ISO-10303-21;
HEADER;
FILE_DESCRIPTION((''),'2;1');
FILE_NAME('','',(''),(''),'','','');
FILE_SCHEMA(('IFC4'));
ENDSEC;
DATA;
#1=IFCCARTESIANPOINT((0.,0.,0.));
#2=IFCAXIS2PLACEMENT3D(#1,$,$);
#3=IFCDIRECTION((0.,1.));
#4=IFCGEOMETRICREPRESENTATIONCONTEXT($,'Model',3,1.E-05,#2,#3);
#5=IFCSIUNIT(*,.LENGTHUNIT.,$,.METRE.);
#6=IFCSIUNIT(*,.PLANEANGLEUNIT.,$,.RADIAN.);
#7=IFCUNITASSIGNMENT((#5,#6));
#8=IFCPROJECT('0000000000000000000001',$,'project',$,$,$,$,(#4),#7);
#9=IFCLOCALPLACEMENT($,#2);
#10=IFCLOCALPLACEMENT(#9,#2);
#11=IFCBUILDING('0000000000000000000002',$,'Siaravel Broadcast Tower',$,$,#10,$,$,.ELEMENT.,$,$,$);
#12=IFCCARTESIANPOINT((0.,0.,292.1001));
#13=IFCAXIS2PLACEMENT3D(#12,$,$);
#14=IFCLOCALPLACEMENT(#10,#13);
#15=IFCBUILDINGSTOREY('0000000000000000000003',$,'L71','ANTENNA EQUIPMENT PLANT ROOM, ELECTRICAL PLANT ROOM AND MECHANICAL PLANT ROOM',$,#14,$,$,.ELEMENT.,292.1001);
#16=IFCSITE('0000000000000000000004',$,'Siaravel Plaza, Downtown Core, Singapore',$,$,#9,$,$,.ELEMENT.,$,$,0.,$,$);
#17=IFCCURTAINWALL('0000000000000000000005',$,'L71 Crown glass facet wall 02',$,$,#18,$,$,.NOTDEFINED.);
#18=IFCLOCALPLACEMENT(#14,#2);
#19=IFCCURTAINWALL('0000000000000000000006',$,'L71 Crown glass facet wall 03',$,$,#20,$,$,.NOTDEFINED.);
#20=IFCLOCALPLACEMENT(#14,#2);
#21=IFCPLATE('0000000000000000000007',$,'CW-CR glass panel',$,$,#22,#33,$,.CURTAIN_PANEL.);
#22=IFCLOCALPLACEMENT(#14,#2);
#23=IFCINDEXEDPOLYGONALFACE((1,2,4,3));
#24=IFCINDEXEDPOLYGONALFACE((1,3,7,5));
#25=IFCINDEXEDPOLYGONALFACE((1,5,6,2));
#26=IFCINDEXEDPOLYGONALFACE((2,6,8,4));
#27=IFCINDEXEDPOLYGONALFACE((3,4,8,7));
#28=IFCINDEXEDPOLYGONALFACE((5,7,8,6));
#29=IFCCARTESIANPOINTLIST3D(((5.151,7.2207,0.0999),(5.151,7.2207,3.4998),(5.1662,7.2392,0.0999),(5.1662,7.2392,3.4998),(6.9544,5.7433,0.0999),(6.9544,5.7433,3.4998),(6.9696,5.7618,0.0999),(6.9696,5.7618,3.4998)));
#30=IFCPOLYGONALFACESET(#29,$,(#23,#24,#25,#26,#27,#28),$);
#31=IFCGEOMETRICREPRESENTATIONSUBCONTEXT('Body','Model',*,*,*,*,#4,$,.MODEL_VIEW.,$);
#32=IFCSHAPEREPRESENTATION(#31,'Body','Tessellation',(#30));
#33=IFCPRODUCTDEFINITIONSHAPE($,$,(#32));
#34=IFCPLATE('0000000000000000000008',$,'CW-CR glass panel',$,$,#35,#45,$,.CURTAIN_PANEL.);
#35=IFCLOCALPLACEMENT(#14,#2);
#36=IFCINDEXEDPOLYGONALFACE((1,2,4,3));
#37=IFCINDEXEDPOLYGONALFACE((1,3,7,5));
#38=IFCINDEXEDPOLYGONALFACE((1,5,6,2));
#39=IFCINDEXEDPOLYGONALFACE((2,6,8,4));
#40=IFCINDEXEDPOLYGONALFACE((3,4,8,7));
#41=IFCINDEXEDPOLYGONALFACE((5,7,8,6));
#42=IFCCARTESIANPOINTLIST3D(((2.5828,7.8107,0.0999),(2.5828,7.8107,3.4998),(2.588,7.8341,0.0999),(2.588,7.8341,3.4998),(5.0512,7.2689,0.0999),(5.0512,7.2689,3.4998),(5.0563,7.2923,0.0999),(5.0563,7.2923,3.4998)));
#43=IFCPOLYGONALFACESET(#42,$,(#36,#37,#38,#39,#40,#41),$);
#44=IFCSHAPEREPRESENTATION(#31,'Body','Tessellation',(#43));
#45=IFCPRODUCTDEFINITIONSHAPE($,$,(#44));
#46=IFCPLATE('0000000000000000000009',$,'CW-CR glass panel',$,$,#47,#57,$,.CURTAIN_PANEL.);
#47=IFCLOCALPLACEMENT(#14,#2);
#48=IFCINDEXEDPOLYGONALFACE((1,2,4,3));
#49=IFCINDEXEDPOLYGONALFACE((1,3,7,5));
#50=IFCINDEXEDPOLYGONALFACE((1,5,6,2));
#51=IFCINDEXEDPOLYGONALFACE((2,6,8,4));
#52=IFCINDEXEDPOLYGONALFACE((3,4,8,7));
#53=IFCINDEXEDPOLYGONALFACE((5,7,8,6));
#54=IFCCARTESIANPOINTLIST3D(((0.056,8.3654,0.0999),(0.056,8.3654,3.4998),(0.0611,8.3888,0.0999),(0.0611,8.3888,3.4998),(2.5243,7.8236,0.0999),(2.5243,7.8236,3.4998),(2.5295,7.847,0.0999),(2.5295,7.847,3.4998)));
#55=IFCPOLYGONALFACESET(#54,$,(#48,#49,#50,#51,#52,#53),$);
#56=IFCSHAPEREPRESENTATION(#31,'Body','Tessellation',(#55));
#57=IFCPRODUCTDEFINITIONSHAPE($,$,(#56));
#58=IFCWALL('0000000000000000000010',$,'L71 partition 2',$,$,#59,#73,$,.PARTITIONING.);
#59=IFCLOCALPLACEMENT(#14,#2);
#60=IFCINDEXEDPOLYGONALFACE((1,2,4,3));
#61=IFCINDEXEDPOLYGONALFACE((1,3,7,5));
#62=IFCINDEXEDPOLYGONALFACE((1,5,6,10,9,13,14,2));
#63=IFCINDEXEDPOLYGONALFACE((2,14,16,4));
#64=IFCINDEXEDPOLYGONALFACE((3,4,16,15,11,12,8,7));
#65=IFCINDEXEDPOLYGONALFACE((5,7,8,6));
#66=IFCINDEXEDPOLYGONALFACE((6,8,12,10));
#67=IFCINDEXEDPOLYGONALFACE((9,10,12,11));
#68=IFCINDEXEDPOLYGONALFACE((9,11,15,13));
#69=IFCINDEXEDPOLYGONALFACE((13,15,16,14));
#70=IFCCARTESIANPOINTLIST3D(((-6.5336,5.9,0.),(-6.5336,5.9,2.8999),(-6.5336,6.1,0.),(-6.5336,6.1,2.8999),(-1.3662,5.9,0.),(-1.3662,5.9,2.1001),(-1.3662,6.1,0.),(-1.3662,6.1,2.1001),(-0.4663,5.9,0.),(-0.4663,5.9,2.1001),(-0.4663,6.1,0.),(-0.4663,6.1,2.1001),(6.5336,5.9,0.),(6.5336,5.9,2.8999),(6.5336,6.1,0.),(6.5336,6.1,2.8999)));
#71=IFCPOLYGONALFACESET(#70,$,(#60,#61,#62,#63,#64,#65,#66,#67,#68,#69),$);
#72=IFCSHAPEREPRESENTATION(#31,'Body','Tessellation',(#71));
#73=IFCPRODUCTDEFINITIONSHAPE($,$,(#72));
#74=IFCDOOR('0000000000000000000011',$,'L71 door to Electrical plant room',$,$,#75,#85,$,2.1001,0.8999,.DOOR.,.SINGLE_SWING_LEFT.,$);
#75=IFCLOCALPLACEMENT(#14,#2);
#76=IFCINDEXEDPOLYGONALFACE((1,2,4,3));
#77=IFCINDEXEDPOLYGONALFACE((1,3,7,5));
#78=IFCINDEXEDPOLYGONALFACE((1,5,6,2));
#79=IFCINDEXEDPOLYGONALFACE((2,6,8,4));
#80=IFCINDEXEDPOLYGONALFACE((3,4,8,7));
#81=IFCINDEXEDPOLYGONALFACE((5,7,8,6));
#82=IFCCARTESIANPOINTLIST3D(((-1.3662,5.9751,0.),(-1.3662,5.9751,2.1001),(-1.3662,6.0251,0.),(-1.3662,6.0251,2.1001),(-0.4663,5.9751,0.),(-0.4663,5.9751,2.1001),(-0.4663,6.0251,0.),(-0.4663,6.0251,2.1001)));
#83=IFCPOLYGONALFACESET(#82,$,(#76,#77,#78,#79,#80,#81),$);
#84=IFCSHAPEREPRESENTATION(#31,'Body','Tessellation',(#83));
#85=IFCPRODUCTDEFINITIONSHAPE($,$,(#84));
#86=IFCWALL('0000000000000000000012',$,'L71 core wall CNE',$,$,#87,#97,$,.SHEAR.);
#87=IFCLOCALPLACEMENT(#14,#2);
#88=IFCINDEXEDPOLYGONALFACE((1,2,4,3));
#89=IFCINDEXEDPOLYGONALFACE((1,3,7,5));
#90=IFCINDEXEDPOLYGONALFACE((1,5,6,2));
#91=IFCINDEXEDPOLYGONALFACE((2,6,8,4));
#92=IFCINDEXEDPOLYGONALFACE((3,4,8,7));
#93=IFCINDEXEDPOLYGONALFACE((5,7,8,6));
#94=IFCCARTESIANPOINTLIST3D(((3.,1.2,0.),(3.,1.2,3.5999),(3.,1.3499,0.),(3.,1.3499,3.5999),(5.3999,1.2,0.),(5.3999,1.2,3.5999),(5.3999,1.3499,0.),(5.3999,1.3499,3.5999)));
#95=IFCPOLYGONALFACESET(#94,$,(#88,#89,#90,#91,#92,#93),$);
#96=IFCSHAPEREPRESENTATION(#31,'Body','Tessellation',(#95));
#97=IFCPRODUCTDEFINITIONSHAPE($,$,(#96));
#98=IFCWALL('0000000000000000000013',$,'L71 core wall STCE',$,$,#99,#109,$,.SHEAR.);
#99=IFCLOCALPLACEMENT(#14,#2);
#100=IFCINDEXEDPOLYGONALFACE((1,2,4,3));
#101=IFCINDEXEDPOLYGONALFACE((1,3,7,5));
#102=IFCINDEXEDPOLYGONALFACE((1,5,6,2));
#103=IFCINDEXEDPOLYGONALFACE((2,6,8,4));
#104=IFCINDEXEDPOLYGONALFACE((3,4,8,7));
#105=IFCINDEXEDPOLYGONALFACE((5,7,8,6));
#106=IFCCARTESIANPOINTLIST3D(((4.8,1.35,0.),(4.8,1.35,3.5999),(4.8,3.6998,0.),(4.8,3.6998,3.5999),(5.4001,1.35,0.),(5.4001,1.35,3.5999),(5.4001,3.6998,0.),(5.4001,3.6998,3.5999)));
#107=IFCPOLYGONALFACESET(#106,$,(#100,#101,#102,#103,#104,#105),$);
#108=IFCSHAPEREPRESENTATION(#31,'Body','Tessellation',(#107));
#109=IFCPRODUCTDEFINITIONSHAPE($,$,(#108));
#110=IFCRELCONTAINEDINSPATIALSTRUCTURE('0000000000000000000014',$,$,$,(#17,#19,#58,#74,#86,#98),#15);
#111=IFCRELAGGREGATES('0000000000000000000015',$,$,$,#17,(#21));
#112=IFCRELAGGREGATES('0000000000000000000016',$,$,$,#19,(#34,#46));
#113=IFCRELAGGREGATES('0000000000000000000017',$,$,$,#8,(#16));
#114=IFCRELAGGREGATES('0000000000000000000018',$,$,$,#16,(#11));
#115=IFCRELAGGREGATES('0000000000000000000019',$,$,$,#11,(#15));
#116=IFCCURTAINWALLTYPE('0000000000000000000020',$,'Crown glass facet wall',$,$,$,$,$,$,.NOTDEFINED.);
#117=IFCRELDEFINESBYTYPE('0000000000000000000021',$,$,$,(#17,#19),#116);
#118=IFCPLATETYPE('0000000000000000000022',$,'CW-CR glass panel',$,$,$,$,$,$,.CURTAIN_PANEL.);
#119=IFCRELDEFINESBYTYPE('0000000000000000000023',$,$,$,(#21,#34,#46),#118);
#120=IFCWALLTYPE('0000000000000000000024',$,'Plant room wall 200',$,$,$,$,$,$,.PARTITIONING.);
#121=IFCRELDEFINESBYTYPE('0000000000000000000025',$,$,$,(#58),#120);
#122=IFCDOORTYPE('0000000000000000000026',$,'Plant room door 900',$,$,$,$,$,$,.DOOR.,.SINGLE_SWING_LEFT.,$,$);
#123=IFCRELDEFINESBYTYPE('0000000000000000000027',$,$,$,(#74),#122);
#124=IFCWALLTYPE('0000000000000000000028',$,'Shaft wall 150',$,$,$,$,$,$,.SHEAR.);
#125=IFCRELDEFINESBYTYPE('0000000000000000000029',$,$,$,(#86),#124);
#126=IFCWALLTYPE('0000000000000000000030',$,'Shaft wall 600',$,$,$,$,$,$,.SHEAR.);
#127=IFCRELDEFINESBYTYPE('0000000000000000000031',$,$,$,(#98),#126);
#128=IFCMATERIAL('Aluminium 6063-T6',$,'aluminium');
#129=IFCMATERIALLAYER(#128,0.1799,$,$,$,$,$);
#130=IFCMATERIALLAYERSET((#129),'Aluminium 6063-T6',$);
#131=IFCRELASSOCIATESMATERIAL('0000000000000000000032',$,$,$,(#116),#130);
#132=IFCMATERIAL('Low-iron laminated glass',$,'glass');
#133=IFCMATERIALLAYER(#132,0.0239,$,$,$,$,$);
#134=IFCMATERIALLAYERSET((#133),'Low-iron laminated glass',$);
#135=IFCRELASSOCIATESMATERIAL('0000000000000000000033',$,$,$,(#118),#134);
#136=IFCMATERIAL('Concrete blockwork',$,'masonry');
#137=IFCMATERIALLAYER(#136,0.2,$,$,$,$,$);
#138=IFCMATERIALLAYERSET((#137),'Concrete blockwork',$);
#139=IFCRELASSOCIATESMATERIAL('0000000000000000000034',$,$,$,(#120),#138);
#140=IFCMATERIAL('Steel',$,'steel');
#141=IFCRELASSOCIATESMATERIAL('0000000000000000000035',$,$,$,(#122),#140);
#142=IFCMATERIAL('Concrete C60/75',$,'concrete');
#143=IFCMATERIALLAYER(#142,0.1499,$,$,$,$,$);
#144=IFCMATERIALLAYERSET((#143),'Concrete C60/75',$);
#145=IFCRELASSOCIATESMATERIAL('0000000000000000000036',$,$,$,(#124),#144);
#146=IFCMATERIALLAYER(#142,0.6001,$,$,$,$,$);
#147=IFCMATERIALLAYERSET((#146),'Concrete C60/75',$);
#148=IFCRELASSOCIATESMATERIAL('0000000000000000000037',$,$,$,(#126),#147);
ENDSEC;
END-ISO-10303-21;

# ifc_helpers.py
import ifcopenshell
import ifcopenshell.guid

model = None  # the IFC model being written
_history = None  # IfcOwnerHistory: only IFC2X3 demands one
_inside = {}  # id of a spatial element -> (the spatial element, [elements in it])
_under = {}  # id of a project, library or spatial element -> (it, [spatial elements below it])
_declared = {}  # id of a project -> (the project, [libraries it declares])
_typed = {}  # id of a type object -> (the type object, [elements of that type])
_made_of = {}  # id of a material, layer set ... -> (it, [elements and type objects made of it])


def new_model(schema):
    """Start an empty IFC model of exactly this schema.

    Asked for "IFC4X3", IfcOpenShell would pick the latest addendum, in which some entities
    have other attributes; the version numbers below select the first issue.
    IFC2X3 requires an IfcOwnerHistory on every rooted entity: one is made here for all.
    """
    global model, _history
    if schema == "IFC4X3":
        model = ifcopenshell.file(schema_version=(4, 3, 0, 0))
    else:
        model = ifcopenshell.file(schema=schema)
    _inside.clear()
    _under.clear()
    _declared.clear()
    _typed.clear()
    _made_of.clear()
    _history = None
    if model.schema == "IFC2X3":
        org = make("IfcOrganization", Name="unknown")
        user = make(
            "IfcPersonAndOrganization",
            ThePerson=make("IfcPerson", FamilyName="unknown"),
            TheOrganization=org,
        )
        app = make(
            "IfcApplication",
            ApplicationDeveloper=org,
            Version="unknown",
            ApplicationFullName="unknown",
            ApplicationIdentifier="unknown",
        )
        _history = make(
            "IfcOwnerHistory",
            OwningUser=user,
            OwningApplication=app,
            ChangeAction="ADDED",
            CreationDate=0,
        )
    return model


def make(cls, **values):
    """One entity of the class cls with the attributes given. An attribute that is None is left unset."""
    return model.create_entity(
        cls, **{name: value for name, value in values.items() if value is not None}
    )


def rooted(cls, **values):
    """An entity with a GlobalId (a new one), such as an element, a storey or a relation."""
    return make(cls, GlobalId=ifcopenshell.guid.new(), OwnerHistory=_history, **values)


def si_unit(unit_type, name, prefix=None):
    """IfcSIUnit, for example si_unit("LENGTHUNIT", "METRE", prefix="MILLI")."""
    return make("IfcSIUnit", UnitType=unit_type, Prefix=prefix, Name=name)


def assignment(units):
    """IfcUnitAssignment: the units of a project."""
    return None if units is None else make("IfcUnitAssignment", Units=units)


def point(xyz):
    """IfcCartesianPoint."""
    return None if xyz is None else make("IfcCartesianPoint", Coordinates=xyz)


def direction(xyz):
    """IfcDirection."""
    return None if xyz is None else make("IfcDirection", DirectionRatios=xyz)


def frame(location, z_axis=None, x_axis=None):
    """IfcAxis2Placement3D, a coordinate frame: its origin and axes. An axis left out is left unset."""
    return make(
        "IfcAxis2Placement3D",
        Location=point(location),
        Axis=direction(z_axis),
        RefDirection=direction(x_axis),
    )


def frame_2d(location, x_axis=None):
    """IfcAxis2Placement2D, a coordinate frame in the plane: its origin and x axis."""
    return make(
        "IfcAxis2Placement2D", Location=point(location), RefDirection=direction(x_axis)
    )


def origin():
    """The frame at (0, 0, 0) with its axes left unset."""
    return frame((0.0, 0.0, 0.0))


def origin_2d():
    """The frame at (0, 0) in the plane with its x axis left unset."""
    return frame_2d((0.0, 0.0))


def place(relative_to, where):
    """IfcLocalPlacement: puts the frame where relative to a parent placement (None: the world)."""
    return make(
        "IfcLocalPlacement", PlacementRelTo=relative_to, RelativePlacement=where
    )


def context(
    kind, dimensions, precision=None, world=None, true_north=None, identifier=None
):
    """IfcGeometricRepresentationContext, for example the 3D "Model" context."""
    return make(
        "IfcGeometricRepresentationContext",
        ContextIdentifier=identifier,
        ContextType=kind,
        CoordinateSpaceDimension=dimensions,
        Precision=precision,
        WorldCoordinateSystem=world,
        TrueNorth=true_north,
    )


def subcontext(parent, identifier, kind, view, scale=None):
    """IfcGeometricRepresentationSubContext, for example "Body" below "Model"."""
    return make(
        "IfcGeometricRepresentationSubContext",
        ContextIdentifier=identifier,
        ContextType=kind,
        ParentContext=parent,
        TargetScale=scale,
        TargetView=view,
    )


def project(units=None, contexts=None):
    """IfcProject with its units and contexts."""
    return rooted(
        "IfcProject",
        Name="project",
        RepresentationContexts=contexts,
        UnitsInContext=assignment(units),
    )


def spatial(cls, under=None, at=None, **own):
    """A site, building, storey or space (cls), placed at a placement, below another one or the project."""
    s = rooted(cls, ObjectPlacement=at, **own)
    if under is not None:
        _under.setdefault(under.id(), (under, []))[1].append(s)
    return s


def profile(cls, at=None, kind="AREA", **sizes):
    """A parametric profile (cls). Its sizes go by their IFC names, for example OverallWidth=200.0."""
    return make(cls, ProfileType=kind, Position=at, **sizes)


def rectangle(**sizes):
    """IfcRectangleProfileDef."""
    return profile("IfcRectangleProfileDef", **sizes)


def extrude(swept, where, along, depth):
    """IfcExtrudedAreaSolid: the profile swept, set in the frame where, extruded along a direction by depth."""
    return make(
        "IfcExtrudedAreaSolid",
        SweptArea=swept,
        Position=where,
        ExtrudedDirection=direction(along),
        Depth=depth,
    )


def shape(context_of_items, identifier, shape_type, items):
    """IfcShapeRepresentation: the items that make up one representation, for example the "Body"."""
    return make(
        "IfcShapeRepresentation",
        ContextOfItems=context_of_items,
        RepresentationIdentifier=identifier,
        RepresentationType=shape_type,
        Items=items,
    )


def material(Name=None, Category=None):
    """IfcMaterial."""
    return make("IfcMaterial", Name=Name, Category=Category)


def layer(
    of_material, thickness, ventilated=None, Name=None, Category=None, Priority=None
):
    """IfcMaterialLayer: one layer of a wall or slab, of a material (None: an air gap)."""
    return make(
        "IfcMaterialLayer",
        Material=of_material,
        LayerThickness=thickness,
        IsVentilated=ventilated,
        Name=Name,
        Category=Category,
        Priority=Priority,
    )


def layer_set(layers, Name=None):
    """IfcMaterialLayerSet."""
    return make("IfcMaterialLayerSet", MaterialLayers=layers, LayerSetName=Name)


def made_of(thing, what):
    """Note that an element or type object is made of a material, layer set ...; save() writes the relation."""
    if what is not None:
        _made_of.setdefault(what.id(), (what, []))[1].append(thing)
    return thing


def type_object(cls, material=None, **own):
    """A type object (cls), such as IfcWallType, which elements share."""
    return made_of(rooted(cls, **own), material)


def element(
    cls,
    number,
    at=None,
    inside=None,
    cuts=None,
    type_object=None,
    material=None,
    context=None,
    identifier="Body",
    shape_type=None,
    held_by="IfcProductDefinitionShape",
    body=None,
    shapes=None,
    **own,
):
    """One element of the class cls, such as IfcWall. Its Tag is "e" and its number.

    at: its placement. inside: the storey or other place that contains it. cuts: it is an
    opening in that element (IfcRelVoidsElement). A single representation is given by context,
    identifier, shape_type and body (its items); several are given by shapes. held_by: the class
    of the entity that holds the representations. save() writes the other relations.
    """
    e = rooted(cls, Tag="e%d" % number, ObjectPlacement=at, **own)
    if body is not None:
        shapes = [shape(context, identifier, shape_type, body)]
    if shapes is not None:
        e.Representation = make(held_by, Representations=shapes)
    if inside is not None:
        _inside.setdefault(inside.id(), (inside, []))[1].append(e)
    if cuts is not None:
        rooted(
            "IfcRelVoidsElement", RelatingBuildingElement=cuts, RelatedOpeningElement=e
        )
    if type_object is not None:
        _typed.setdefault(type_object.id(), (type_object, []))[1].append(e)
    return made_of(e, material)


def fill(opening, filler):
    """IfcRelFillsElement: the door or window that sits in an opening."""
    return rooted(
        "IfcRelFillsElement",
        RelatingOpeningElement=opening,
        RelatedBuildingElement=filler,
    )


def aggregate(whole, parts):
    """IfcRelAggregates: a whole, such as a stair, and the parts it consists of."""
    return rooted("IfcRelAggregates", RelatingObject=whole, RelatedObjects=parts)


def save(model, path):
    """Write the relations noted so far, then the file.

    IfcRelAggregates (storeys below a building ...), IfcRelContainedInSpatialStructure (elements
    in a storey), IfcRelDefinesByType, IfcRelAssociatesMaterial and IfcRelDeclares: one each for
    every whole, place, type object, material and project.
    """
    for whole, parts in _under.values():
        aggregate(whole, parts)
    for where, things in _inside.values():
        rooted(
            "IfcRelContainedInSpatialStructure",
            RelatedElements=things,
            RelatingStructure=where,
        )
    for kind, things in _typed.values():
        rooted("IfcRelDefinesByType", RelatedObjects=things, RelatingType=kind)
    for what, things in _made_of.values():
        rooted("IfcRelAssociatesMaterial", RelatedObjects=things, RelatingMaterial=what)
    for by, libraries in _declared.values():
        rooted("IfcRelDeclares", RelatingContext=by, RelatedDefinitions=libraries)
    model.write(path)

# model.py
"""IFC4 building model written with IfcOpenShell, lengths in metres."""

from ifc_helpers import new_model, si_unit, direction, frame, frame_2d, origin, origin_2d, place, context, subcontext, project, spatial, rectangle, extrude, material, layer, layer_set, type_object, element, fill, aggregate, save


model = new_model("IFC4")

# Units and contexts
model_context = context("Model", 3, precision=1e-05, world=origin(), true_north=direction((0.0, 1.0)))
body_context = subcontext(model_context, "Body", "Model", "MODEL_VIEW")
ifc_project = project(units=[si_unit("LENGTHUNIT", "METRE"), si_unit("PLANEANGLEUNIT", "RADIAN")], contexts=[model_context])

# Site, building, storey
site_placement = place(None, origin())
site = spatial("IfcSite", under=ifc_project, at=site_placement, Name="Siaravel Plaza, Downtown Core, Singapore", CompositionType="ELEMENT", RefElevation=0.0)
building_placement = place(site_placement, origin())
building = spatial("IfcBuilding", under=site, at=building_placement, Name="Siaravel Broadcast Tower", CompositionType="ELEMENT")
storey_placement = place(building_placement, frame((0.0, 0.0, 292.1001)))
storey = spatial("IfcBuildingStorey", under=building, at=storey_placement, Name="L71", Description="ANTENNA EQUIPMENT PLANT ROOM, ELECTRICAL PLANT ROOM AND MECHANICAL PLANT ROOM", CompositionType="ELEMENT", Elevation=292.1001)

# Curtain wall
ifc_material_1 = material(Name="Aluminium 6063-T6", Category="aluminium")
ifc_layer_1 = layer(ifc_material_1, 0.1799)
ifc_layer_set_1 = layer_set([ifc_layer_1], Name="Aluminium 6063-T6")
curtain_wall_type = type_object("IfcCurtainWallType", Name="Crown glass facet wall", PredefinedType="NOTDEFINED", material=ifc_layer_set_1)
curtain_wall_1_placement = place(storey_placement, origin())
curtain_wall_1 = element("IfcCurtainWall", 1, at=curtain_wall_1_placement, inside=storey, type_object=curtain_wall_type, Name="L71 Crown glass facet wall 02", PredefinedType="NOTDEFINED")

# Curtain wall
curtain_wall_2_placement = place(storey_placement, origin())
curtain_wall_2 = element("IfcCurtainWall", 2, at=curtain_wall_2_placement, inside=storey, type_object=curtain_wall_type, Name="L71 Crown glass facet wall 03", PredefinedType="NOTDEFINED")

# Plates
ifc_material_2 = material(Name="Low-iron laminated glass", Category="glass")
ifc_layer_2 = layer(ifc_material_2, 0.0239)
ifc_layer_set_2 = layer_set([ifc_layer_2], Name="Low-iron laminated glass")
plate_type = type_object("IfcPlateType", Name="CW-CR glass panel", PredefinedType="CURTAIN_PANEL", material=ifc_layer_set_2)
plate_1_placement = place(storey_placement, frame((6.0603, 6.4912, 0.0999), z_axis=(0.0, 0.0, 1.0), x_axis=(-0.773559, 0.633724, 0.0)))
plate_1 = element("IfcPlate", 3, at=plate_1_placement, type_object=plate_type, Name="CW-CR glass panel", PredefinedType="CURTAIN_PANEL", context=body_context, shape_type="SweptSolid", body=[
    extrude(rectangle(XDim=2.3313, YDim=0.0239, at=origin_2d()), origin(), (0.0, 0.0, 1.0), 3.3999),
])
aggregate(curtain_wall_1, [plate_1])
plate_2_placement = place(storey_placement, frame((3.8196, 7.5515, 0.0999), z_axis=(0.0, 0.0, 1.0), x_axis=(-0.976746, 0.214399, 0.0)))
plate_2 = element("IfcPlate", 4, at=plate_2_placement, type_object=plate_type, Name="CW-CR glass panel", PredefinedType="CURTAIN_PANEL", context=body_context, shape_type="SweptSolid", body=[
    extrude(rectangle(XDim=2.5271, YDim=0.0239, at=origin_2d()), origin(), (0.0, 0.0, 1.0), 3.3999),
])
plate_3_placement = place(storey_placement, frame((1.2927, 8.1062, 0.0999), z_axis=(0.0, 0.0, 1.0), x_axis=(-0.976746, 0.214399, 0.0)))
plate_3 = element("IfcPlate", 5, at=plate_3_placement, type_object=plate_type, Name="CW-CR glass panel", PredefinedType="CURTAIN_PANEL", context=body_context, shape_type="SweptSolid", body=[
    extrude(rectangle(XDim=2.5271, YDim=0.0239, at=origin_2d()), origin(), (0.0, 0.0, 1.0), 3.3999),
])
aggregate(curtain_wall_2, [plate_2, plate_3])

# Wall, opening, door
ifc_material_3 = material(Name="Concrete blockwork", Category="masonry")
ifc_layer_3 = layer(ifc_material_3, 0.2)
ifc_layer_set_3 = layer_set([ifc_layer_3], Name="Concrete blockwork")
wall_type_1 = type_object("IfcWallType", Name="Plant room wall 200", PredefinedType="PARTITIONING", material=ifc_layer_set_3)
wall_1_placement = place(storey_placement, frame((6.5337, 6.0, 0.0), z_axis=(0.0, 0.0, 1.0), x_axis=(-1.0, 0.0, 0.0)))
wall_1 = element("IfcWall", 6, at=wall_1_placement, inside=storey, type_object=wall_type_1, Name="L71 partition 2", PredefinedType="PARTITIONING", context=body_context, shape_type="SweptSolid", body=[
    extrude(rectangle(XDim=13.0671, YDim=0.2, at=frame_2d((6.5337, 0.0))), origin(), (0.0, 0.0, 1.0), 2.8999),
])
opening_placement = place(wall_1_placement, frame((7.0, 0.0, 0.0)))
opening = element("IfcOpeningElement", 7, at=opening_placement, cuts=wall_1, PredefinedType="OPENING", context=body_context, shape_type="SweptSolid", body=[
    extrude(rectangle(XDim=0.8999, YDim=2.1001, at=frame_2d((0.45, 1.05))), frame((0.0, 0.1099, 0.0), z_axis=(0.0, -1.0, 0.0), x_axis=(1.0, 0.0, 0.0)), (0.0, 0.0, 1.0), 0.22),
])
ifc_material_4 = material(Name="Steel", Category="steel")
door_type = type_object("IfcDoorType", Name="Plant room door 900", OperationType="SINGLE_SWING_LEFT", PredefinedType="DOOR", material=ifc_material_4)
door_placement = place(opening_placement, origin())
door = element("IfcDoor", 8, at=door_placement, inside=storey, type_object=door_type, Name="L71 door to Electrical plant room", OperationType="SINGLE_SWING_LEFT", OverallHeight=2.1001, OverallWidth=0.8999, PredefinedType="DOOR", context=body_context, shape_type="SweptSolid", body=[
    extrude(rectangle(XDim=0.8999, YDim=2.1001, at=frame_2d((0.45, 1.05))), frame((0.0, 0.0249, 0.0), z_axis=(0.0, -1.0, 0.0), x_axis=(1.0, 0.0, 0.0)), (0.0, 0.0, 1.0), 0.05),
])
fill(opening, door)

# Walls
ifc_material_5 = material(Name="Concrete C60/75", Category="concrete")
ifc_layer_4 = layer(ifc_material_5, 0.1499)
ifc_layer_set_4 = layer_set([ifc_layer_4], Name="Concrete C60/75")
wall_type_2 = type_object("IfcWallType", Name="Shaft wall 150", PredefinedType="SHEAR", material=ifc_layer_set_4)
wall_2_placement = place(storey_placement, frame((3.0, 1.2749, 0.0), z_axis=(0.0, 0.0, 1.0), x_axis=(1.0, 0.0, 0.0)))
element("IfcWall", 9, at=wall_2_placement, inside=storey, type_object=wall_type_2, Name="L71 core wall CNE", PredefinedType="SHEAR", context=body_context, shape_type="SweptSolid", body=[
    extrude(rectangle(XDim=2.3999, YDim=0.1499, at=frame_2d((1.2, 0.0))), origin(), (0.0, 0.0, 1.0), 3.5999),
])
ifc_layer_5 = layer(ifc_material_5, 0.6001)
ifc_layer_set_5 = layer_set([ifc_layer_5], Name="Concrete C60/75")
wall_type_3 = type_object("IfcWallType", Name="Shaft wall 600", PredefinedType="SHEAR", material=ifc_layer_set_5)
wall_3_placement = place(storey_placement, frame((5.1001, 1.3501, 0.0), z_axis=(0.0, 0.0, 1.0), x_axis=(0.0, 1.0, 0.0)))
element("IfcWall", 10, at=wall_3_placement, inside=storey, type_object=wall_type_3, Name="L71 core wall STCE", PredefinedType="SHEAR", context=body_context, shape_type="SweptSolid", body=[
    extrude(rectangle(XDim=2.3499, YDim=0.6001, at=frame_2d((1.1748, 0.0))), origin(), (0.0, 0.0, 1.0), 3.5999),
])

save(model, "model.ifc")
